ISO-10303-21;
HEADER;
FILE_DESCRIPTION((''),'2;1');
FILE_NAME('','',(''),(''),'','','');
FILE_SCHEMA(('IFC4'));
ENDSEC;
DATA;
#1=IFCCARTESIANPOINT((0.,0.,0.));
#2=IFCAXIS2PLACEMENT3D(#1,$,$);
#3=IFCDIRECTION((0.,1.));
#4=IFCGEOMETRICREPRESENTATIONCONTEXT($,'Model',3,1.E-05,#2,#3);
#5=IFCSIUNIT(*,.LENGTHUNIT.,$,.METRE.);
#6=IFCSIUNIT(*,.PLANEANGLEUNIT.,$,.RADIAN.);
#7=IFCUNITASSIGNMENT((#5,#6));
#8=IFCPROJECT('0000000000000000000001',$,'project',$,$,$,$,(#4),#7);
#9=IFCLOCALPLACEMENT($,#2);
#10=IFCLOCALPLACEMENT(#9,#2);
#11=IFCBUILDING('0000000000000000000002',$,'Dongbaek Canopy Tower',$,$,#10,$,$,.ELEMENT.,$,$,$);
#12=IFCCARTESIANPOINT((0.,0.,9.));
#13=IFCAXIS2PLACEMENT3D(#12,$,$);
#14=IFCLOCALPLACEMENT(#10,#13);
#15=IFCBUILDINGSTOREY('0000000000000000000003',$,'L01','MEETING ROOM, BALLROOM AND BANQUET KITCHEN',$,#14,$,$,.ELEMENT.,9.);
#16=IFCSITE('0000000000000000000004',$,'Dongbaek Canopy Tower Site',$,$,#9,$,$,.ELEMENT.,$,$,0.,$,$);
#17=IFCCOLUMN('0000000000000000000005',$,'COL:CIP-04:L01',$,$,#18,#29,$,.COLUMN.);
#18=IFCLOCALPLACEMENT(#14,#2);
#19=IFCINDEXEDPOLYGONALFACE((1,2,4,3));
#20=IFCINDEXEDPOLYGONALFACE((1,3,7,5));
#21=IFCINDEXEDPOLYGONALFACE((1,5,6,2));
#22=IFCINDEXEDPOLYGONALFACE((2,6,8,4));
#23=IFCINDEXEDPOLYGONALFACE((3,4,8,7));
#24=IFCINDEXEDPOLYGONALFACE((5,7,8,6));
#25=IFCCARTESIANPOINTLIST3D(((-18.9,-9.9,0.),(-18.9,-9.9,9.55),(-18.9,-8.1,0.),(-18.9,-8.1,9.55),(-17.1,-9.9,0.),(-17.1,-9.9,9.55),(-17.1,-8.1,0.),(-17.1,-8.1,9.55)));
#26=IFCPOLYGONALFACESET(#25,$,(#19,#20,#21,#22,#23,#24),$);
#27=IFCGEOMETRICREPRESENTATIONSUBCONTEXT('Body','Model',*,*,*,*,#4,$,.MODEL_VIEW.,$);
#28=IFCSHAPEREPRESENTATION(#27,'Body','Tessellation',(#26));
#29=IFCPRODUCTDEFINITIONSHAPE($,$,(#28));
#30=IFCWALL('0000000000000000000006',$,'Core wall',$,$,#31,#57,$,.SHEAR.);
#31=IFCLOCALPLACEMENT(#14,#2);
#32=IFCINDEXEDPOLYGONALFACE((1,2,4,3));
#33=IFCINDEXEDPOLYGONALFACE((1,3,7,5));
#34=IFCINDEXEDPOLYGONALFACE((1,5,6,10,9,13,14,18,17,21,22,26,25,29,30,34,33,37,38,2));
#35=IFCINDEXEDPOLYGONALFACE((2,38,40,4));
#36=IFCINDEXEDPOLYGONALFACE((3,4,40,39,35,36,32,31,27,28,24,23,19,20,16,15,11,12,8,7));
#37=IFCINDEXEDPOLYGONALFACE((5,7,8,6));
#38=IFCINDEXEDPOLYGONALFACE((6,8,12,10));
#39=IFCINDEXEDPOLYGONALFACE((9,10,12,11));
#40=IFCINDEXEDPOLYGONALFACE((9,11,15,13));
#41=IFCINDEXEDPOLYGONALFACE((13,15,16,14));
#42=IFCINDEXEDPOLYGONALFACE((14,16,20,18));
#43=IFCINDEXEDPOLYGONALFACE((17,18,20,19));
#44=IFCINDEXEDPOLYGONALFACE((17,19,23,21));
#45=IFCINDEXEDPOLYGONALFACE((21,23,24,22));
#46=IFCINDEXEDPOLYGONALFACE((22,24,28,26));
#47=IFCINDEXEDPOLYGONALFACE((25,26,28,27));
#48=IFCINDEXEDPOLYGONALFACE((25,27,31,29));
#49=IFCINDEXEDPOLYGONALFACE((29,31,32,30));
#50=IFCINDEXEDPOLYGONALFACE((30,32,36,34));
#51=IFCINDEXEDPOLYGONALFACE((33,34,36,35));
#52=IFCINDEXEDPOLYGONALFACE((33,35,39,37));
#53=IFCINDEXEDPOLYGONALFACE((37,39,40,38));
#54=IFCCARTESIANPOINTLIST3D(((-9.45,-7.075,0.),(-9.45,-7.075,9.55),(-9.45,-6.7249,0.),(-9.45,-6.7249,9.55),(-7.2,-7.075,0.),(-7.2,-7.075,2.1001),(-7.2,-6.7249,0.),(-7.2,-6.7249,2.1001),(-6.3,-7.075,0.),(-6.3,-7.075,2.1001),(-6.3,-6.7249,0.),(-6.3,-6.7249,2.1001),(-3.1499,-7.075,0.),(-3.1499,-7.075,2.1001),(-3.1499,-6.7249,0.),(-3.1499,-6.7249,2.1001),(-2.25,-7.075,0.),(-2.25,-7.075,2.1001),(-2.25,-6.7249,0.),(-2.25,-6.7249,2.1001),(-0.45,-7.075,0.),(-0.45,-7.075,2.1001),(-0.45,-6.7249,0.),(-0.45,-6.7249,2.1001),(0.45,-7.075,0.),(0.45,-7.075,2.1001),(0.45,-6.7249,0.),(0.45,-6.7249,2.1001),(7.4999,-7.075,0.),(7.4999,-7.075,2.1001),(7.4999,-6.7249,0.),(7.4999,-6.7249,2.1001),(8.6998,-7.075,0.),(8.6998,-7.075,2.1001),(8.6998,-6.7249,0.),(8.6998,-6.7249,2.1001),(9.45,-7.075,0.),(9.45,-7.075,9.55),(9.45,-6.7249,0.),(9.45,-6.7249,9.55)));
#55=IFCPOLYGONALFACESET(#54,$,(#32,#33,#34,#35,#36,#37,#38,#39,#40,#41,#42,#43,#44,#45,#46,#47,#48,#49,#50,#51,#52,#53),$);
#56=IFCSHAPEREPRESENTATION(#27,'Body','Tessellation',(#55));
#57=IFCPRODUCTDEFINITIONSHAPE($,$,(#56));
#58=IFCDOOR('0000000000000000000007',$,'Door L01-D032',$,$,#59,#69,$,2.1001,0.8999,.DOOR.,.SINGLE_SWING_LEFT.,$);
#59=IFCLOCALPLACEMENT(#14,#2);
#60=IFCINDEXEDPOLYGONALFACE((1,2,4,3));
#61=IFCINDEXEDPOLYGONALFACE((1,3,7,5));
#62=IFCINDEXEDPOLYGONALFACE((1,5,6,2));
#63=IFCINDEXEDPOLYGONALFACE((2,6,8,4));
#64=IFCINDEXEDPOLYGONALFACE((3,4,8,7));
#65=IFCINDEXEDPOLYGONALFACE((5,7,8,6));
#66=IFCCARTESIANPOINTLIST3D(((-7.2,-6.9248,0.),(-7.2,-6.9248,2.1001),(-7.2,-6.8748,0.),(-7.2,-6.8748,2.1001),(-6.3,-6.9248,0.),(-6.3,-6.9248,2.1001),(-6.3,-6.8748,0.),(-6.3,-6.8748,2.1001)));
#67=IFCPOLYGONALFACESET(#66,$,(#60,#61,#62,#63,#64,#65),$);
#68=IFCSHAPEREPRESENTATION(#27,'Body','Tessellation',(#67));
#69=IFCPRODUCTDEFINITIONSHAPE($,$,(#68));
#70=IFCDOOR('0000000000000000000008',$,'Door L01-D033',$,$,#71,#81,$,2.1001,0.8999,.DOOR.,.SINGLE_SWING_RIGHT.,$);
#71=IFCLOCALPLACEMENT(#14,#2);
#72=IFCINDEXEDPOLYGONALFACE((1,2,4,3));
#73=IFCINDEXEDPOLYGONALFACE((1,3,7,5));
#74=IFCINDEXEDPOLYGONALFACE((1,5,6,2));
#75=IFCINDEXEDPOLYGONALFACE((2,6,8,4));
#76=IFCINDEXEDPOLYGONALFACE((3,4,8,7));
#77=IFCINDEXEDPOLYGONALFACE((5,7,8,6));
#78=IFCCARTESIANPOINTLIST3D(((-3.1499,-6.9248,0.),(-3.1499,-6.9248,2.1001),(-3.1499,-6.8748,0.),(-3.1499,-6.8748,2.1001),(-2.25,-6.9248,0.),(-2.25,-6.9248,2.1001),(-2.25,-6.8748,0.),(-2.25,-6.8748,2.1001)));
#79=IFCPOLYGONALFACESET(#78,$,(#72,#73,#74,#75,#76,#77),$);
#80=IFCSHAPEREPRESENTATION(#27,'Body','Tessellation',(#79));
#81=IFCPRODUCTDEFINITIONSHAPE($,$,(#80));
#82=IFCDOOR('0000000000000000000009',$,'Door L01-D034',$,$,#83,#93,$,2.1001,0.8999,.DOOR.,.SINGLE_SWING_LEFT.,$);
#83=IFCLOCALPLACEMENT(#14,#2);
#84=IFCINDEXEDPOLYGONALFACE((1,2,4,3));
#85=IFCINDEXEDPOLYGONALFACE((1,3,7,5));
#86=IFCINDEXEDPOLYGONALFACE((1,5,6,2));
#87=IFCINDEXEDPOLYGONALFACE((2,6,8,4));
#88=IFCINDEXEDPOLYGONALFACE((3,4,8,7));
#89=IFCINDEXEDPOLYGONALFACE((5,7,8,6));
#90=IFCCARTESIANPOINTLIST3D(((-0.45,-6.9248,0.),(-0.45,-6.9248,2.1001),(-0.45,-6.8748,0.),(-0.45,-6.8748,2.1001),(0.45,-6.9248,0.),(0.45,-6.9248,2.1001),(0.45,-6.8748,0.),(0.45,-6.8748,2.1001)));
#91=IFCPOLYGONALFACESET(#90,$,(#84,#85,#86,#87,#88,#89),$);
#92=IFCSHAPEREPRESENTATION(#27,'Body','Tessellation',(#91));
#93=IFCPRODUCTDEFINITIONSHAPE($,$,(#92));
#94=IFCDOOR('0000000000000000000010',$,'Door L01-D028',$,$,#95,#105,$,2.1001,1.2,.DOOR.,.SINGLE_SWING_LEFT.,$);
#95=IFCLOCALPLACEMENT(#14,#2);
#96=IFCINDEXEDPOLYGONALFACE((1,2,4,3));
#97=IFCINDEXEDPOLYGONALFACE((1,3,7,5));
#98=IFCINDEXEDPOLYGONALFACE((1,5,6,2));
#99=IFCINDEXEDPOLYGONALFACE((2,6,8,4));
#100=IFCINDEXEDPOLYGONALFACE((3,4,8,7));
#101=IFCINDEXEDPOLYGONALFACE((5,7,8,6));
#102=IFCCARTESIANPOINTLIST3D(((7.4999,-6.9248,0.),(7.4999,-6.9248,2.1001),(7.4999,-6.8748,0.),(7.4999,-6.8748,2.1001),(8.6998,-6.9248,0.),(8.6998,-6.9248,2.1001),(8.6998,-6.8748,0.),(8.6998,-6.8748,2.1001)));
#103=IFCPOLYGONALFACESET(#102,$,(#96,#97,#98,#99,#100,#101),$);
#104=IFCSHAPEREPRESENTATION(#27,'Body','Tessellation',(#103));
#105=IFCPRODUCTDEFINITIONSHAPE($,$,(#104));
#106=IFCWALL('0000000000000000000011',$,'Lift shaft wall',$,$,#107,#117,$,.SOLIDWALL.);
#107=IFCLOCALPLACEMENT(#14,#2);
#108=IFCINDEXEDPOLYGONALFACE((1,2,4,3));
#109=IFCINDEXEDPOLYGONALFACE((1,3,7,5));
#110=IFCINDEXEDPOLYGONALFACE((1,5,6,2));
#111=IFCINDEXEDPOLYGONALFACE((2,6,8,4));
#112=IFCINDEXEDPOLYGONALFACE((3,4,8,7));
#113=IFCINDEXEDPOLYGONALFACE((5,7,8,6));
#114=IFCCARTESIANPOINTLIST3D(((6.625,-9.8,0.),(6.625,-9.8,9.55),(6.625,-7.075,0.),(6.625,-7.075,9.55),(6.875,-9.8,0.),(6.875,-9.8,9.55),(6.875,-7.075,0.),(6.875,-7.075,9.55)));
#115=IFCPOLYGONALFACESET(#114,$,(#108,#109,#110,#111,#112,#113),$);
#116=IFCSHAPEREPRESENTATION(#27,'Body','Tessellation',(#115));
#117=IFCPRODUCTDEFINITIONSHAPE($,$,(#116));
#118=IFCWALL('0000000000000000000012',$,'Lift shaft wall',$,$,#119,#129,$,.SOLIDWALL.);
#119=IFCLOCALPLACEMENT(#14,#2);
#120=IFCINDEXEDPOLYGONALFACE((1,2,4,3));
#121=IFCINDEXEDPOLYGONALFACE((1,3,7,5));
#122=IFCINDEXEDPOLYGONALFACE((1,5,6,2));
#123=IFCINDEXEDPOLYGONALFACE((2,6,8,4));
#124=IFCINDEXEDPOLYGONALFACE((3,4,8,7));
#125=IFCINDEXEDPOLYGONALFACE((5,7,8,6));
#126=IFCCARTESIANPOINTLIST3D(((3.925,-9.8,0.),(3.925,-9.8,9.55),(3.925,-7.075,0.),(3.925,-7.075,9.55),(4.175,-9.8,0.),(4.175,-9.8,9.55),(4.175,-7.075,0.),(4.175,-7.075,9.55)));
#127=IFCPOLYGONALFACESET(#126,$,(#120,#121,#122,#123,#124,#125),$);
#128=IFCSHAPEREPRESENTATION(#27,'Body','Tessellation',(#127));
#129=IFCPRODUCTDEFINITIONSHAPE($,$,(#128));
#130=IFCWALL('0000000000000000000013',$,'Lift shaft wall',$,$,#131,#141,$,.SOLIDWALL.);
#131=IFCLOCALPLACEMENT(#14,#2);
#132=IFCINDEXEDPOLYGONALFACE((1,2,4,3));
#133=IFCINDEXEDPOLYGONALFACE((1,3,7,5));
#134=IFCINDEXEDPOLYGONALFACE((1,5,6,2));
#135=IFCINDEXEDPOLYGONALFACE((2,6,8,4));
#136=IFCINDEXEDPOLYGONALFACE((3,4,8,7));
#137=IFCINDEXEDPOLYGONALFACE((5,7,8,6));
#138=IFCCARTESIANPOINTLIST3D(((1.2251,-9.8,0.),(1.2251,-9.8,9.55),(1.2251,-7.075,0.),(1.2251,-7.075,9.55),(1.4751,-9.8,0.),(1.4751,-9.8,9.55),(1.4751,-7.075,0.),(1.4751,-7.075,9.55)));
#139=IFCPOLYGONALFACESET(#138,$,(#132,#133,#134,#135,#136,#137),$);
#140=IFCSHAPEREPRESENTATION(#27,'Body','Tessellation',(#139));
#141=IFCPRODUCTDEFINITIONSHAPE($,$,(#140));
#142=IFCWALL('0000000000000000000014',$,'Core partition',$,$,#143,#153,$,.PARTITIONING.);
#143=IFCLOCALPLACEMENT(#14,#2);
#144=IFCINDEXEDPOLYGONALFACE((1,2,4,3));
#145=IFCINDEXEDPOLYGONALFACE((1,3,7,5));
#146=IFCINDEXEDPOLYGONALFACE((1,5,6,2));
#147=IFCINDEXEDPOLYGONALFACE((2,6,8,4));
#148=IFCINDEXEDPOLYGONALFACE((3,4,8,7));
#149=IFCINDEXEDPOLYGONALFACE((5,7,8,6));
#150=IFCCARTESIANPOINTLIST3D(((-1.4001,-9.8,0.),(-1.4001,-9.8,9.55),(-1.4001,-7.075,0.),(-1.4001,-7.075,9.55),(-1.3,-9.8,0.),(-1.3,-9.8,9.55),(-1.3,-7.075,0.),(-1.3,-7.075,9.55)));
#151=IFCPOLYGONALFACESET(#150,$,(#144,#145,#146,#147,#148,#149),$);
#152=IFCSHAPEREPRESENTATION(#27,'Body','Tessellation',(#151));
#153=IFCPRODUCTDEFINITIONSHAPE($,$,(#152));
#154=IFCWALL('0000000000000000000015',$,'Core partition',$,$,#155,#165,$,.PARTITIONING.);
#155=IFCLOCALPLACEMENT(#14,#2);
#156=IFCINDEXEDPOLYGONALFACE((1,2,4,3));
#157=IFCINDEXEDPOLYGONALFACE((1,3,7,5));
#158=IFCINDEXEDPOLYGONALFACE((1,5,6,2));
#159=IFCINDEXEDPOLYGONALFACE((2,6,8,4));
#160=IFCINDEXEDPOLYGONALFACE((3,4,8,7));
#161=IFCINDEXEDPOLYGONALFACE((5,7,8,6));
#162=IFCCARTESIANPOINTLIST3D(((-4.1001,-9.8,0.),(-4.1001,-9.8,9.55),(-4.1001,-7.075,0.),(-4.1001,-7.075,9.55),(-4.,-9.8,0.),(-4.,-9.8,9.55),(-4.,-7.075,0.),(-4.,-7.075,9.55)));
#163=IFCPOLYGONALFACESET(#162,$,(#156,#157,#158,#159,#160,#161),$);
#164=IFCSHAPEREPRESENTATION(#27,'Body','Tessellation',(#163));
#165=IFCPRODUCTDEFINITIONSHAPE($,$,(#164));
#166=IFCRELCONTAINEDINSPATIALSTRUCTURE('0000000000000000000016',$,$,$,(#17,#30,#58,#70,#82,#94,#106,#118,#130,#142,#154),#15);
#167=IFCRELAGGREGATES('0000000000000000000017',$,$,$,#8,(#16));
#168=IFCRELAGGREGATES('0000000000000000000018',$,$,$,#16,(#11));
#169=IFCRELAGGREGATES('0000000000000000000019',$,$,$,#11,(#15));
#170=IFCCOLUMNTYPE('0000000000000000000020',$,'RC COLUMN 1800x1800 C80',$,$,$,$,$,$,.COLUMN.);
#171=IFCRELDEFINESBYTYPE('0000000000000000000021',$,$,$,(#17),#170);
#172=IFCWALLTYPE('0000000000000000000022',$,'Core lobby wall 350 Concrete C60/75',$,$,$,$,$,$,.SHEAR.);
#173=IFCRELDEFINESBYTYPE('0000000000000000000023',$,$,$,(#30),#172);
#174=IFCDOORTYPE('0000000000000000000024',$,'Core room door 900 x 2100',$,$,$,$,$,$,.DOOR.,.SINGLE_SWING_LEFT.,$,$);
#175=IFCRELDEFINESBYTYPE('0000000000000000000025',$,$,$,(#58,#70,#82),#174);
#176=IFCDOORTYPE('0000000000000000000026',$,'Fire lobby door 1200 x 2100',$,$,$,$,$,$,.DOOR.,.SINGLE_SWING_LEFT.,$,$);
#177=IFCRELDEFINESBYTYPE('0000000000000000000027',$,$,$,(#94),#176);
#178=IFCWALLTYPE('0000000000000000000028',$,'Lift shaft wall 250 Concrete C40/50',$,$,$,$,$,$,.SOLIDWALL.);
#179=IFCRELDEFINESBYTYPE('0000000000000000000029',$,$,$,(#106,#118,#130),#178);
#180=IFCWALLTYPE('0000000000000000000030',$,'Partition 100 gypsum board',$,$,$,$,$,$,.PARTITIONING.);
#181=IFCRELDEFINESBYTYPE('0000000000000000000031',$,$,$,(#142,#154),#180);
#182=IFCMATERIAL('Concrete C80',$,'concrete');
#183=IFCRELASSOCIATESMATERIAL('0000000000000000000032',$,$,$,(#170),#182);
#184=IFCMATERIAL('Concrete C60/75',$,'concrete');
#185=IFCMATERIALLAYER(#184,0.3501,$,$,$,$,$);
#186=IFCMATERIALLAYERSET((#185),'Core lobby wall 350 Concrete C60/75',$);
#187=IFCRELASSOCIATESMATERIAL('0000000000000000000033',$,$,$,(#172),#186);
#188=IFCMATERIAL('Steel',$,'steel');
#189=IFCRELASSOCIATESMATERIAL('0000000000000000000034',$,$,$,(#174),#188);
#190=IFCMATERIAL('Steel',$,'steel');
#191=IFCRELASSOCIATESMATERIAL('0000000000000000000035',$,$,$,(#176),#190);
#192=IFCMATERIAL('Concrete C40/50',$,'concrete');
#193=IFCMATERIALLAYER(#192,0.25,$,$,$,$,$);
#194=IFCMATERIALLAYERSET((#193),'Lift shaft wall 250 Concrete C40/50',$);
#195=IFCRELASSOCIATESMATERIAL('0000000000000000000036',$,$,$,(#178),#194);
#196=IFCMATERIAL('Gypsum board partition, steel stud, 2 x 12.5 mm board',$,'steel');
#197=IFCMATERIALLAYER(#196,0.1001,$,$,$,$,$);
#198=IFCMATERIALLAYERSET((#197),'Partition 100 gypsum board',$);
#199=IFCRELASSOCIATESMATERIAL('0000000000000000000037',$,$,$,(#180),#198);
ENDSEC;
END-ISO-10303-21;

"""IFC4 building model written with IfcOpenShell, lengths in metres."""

from ifc_helpers import new_model, si_unit, direction, frame, frame_2d, origin, origin_2d, place, context, subcontext, project, spatial, rectangle, extrude, material, layer, layer_set, material_profile, profile_set, type_object, element, fill, save


model = new_model("IFC4")

# Units and contexts
model_context = context("Model", 3, precision=1e-05, world=origin(), true_north=direction((0.0, 1.0)))
body_context = subcontext(model_context, "Body", "Model", "MODEL_VIEW")
ifc_project = project(units=[si_unit("LENGTHUNIT", "METRE"), si_unit("PLANEANGLEUNIT", "RADIAN")], contexts=[model_context])

# Site, building, storey
site_placement = place(None, origin())
site = spatial("IfcSite", under=ifc_project, at=site_placement, Name="Dongbaek Canopy Tower Site", CompositionType="ELEMENT", RefElevation=0.0)
building_placement = place(site_placement, origin())
building = spatial("IfcBuilding", under=site, at=building_placement, Name="Dongbaek Canopy Tower", CompositionType="ELEMENT")
storey_placement = place(building_placement, frame((0.0, 0.0, 9.0)))
storey = spatial("IfcBuildingStorey", under=building, at=storey_placement, Name="L01", Description="MEETING ROOM, BALLROOM AND BANQUET KITCHEN", CompositionType="ELEMENT", Elevation=9.0)

# Column
ifc_material_1 = material(Name="Concrete C80", Category="concrete")
ifc_material_profile = material_profile(ifc_material_1, rectangle(XDim=1.8, YDim=1.8, at=origin_2d()), Name="RC COLUMN 1800x1800 C80")
ifc_profile_set = profile_set([ifc_material_profile], Name="Concrete C80")
column_type = type_object("IfcColumnType", Name="RC COLUMN 1800x1800 C80", PredefinedType="COLUMN", material=ifc_profile_set)
column_placement = place(storey_placement, frame((-18.0, -9.0, 0.0), z_axis=(0.0, 0.0, 1.0), x_axis=(1.0, 0.0, 0.0)))
element("IfcColumn", 1, at=column_placement, inside=storey, type_object=column_type, Name="COL:CIP-04:L01", PredefinedType="COLUMN", context=body_context, shape_type="SweptSolid", body=[
    extrude(rectangle(XDim=1.8, YDim=1.8, at=origin_2d()), origin(), (0.0, 0.0, 1.0), 9.55),
])

# Wall, openings, doors
ifc_material_2 = material(Name="Concrete C60/75", Category="concrete")
ifc_layer_1 = layer(ifc_material_2, 0.3501)
ifc_layer_set_1 = layer_set([ifc_layer_1], Name="Core lobby wall 350 Concrete C60/75")
wall_type_1 = type_object("IfcWallType", Name="Core lobby wall 350 Concrete C60/75", PredefinedType="SHEAR", material=ifc_layer_set_1)
wall_placement = place(storey_placement, frame((9.45, -6.8999, 0.0), z_axis=(0.0, 0.0, 1.0), x_axis=(-1.0, 0.0, 0.0)))
wall = element("IfcWall", 2, at=wall_placement, inside=storey, type_object=wall_type_1, Name="Core wall", PredefinedType="SHEAR", context=body_context, shape_type="SweptSolid", body=[
    extrude(rectangle(XDim=18.8999, YDim=0.3501, at=frame_2d((9.45, 0.0))), origin(), (0.0, 0.0, 1.0), 9.55),
])
opening_1_placement = place(wall_placement, frame((0.75, 0.0, 0.0)))
opening_1 = element("IfcOpeningElement", 3, at=opening_1_placement, cuts=wall, PredefinedType="OPENING", context=body_context, shape_type="SweptSolid", body=[
    extrude(rectangle(XDim=1.2, YDim=2.1001, at=frame_2d((0.6001, 1.05))), frame((0.0, 0.1851, 0.0), z_axis=(0.0, -1.0, 0.0), x_axis=(1.0, 0.0, 0.0)), (0.0, 0.0, 1.0), 0.3701),
])
opening_2_placement = place(wall_placement, frame((15.75, 0.0, 0.0)))
opening_2 = element("IfcOpeningElement", 4, at=opening_2_placement, cuts=wall, PredefinedType="OPENING", context=body_context, shape_type="SweptSolid", body=[
    extrude(rectangle(XDim=0.8999, YDim=2.1001, at=frame_2d((0.45, 1.05))), frame((0.0, 0.1851, 0.0), z_axis=(0.0, -1.0, 0.0), x_axis=(1.0, 0.0, 0.0)), (0.0, 0.0, 1.0), 0.3701),
])
opening_3_placement = place(wall_placement, frame((11.7, 0.0, 0.0)))
opening_3 = element("IfcOpeningElement", 5, at=opening_3_placement, cuts=wall, PredefinedType="OPENING", context=body_context, shape_type="SweptSolid", body=[
    extrude(rectangle(XDim=0.8999, YDim=2.1001, at=frame_2d((0.45, 1.05))), frame((0.0, 0.1851, 0.0), z_axis=(0.0, -1.0, 0.0), x_axis=(1.0, 0.0, 0.0)), (0.0, 0.0, 1.0), 0.3701),
])
opening_4_placement = place(wall_placement, frame((9.0, 0.0, 0.0)))
opening_4 = element("IfcOpeningElement", 6, at=opening_4_placement, cuts=wall, PredefinedType="OPENING", context=body_context, shape_type="SweptSolid", body=[
    extrude(rectangle(XDim=0.8999, YDim=2.1001, at=frame_2d((0.45, 1.05))), frame((0.0, 0.1851, 0.0), z_axis=(0.0, -1.0, 0.0), x_axis=(1.0, 0.0, 0.0)), (0.0, 0.0, 1.0), 0.3701),
])
ifc_material_3 = material(Name="Steel", Category="steel")
door_type_1 = type_object("IfcDoorType", Name="Core room door 900 x 2100", OperationType="SINGLE_SWING_LEFT", PredefinedType="DOOR", material=ifc_material_3)
door_1_placement = place(opening_2_placement, origin())
door_1 = element("IfcDoor", 7, at=door_1_placement, inside=storey, type_object=door_type_1, Name="Door L01-D032", OperationType="SINGLE_SWING_LEFT", OverallHeight=2.1001, OverallWidth=0.8999, PredefinedType="DOOR", context=body_context, shape_type="SweptSolid", body=[
    extrude(rectangle(XDim=0.8999, YDim=2.1001, at=frame_2d((0.45, 1.05))), frame((0.0, 0.0249, 0.0), z_axis=(0.0, -1.0, 0.0), x_axis=(1.0, 0.0, 0.0)), (0.0, 0.0, 1.0), 0.05),
])
fill(opening_2, door_1)
door_2_placement = place(opening_3_placement, origin())
door_2 = element("IfcDoor", 8, at=door_2_placement, inside=storey, type_object=door_type_1, Name="Door L01-D033", OperationType="SINGLE_SWING_RIGHT", OverallHeight=2.1001, OverallWidth=0.8999, PredefinedType="DOOR", context=body_context, shape_type="SweptSolid", body=[
    extrude(rectangle(XDim=0.8999, YDim=2.1001, at=frame_2d((0.45, 1.05))), frame((0.0, 0.0249, 0.0), z_axis=(0.0, -1.0, 0.0), x_axis=(1.0, 0.0, 0.0)), (0.0, 0.0, 1.0), 0.05),
])
fill(opening_3, door_2)
door_3_placement = place(opening_4_placement, origin())
door_3 = element("IfcDoor", 9, at=door_3_placement, inside=storey, type_object=door_type_1, Name="Door L01-D034", OperationType="SINGLE_SWING_LEFT", OverallHeight=2.1001, OverallWidth=0.8999, PredefinedType="DOOR", context=body_context, shape_type="SweptSolid", body=[
    extrude(rectangle(XDim=0.8999, YDim=2.1001, at=frame_2d((0.45, 1.05))), frame((0.0, 0.0249, 0.0), z_axis=(0.0, -1.0, 0.0), x_axis=(1.0, 0.0, 0.0)), (0.0, 0.0, 1.0), 0.05),
])
fill(opening_4, door_3)
ifc_material_4 = material(Name="Steel", Category="steel")
door_type_2 = type_object("IfcDoorType", Name="Fire lobby door 1200 x 2100", OperationType="SINGLE_SWING_LEFT", PredefinedType="DOOR", material=ifc_material_4)
door_4_placement = place(opening_1_placement, origin())
door_4 = element("IfcDoor", 10, at=door_4_placement, inside=storey, type_object=door_type_2, Name="Door L01-D028", OperationType="SINGLE_SWING_LEFT", OverallHeight=2.1001, OverallWidth=1.2, PredefinedType="DOOR", context=body_context, shape_type="SweptSolid", body=[
    extrude(rectangle(XDim=1.2, YDim=2.1001, at=frame_2d((0.6001, 1.05))), frame((0.0, 0.0249, 0.0), z_axis=(0.0, -1.0, 0.0), x_axis=(1.0, 0.0, 0.0)), (0.0, 0.0, 1.0), 0.05),
])
fill(opening_1, door_4)

# Walls
ifc_material_5 = material(Name="Concrete C40/50", Category="concrete")
ifc_layer_2 = layer(ifc_material_5, 0.25)
ifc_layer_set_2 = layer_set([ifc_layer_2], Name="Lift shaft wall 250 Concrete C40/50")
wall_type_2 = type_object("IfcWallType", Name="Lift shaft wall 250 Concrete C40/50", PredefinedType="SOLIDWALL", material=ifc_layer_set_2)
for number, where, z_axis, x_axis, name in (
    (11, (6.75, -9.8, 0.0), (0.0, 0.0, 1.0), (0.0, 1.0, 0.0), "Lift shaft wall"),
    (12, (4.05, -9.8, 0.0), (0.0, 0.0, 1.0), (0.0, 1.0, 0.0), "Lift shaft wall"),
    (13, (1.3501, -9.8, 0.0), (0.0, 0.0, 1.0), (0.0, 1.0, 0.0), "Lift shaft wall"),
):
    element("IfcWall", number, at=place(storey_placement, frame(where, z_axis=z_axis, x_axis=x_axis)), inside=storey, type_object=wall_type_2, Name=name, PredefinedType="SOLIDWALL", context=body_context, shape_type="SweptSolid", body=[
        extrude(rectangle(XDim=2.7251, YDim=0.25, at=frame_2d((1.3625, 0.0))), origin(), (0.0, 0.0, 1.0), 9.55),
    ])
ifc_material_6 = material(Name="Gypsum board partition, steel stud, 2 x 12.5 mm board", Category="steel")
ifc_layer_3 = layer(ifc_material_6, 0.1001)
ifc_layer_set_3 = layer_set([ifc_layer_3], Name="Partition 100 gypsum board")
wall_type_3 = type_object("IfcWallType", Name="Partition 100 gypsum board", PredefinedType="PARTITIONING", material=ifc_layer_set_3)
for number, where, z_axis, x_axis, name in (
    (14, (-1.3501, -9.8, 0.0), (0.0, 0.0, 1.0), (0.0, 1.0, 0.0), "Core partition"),
    (15, (-4.05, -9.8, 0.0), (0.0, 0.0, 1.0), (0.0, 1.0, 0.0), "Core partition"),
):
    element("IfcWall", number, at=place(storey_placement, frame(where, z_axis=z_axis, x_axis=x_axis)), inside=storey, type_object=wall_type_3, Name=name, PredefinedType="PARTITIONING", context=body_context, shape_type="SweptSolid", body=[
        extrude(rectangle(XDim=2.7251, YDim=0.1001, at=frame_2d((1.3625, 0.0))), origin(), (0.0, 0.0, 1.0), 9.55),
    ])

save(model, "model.ifc")
